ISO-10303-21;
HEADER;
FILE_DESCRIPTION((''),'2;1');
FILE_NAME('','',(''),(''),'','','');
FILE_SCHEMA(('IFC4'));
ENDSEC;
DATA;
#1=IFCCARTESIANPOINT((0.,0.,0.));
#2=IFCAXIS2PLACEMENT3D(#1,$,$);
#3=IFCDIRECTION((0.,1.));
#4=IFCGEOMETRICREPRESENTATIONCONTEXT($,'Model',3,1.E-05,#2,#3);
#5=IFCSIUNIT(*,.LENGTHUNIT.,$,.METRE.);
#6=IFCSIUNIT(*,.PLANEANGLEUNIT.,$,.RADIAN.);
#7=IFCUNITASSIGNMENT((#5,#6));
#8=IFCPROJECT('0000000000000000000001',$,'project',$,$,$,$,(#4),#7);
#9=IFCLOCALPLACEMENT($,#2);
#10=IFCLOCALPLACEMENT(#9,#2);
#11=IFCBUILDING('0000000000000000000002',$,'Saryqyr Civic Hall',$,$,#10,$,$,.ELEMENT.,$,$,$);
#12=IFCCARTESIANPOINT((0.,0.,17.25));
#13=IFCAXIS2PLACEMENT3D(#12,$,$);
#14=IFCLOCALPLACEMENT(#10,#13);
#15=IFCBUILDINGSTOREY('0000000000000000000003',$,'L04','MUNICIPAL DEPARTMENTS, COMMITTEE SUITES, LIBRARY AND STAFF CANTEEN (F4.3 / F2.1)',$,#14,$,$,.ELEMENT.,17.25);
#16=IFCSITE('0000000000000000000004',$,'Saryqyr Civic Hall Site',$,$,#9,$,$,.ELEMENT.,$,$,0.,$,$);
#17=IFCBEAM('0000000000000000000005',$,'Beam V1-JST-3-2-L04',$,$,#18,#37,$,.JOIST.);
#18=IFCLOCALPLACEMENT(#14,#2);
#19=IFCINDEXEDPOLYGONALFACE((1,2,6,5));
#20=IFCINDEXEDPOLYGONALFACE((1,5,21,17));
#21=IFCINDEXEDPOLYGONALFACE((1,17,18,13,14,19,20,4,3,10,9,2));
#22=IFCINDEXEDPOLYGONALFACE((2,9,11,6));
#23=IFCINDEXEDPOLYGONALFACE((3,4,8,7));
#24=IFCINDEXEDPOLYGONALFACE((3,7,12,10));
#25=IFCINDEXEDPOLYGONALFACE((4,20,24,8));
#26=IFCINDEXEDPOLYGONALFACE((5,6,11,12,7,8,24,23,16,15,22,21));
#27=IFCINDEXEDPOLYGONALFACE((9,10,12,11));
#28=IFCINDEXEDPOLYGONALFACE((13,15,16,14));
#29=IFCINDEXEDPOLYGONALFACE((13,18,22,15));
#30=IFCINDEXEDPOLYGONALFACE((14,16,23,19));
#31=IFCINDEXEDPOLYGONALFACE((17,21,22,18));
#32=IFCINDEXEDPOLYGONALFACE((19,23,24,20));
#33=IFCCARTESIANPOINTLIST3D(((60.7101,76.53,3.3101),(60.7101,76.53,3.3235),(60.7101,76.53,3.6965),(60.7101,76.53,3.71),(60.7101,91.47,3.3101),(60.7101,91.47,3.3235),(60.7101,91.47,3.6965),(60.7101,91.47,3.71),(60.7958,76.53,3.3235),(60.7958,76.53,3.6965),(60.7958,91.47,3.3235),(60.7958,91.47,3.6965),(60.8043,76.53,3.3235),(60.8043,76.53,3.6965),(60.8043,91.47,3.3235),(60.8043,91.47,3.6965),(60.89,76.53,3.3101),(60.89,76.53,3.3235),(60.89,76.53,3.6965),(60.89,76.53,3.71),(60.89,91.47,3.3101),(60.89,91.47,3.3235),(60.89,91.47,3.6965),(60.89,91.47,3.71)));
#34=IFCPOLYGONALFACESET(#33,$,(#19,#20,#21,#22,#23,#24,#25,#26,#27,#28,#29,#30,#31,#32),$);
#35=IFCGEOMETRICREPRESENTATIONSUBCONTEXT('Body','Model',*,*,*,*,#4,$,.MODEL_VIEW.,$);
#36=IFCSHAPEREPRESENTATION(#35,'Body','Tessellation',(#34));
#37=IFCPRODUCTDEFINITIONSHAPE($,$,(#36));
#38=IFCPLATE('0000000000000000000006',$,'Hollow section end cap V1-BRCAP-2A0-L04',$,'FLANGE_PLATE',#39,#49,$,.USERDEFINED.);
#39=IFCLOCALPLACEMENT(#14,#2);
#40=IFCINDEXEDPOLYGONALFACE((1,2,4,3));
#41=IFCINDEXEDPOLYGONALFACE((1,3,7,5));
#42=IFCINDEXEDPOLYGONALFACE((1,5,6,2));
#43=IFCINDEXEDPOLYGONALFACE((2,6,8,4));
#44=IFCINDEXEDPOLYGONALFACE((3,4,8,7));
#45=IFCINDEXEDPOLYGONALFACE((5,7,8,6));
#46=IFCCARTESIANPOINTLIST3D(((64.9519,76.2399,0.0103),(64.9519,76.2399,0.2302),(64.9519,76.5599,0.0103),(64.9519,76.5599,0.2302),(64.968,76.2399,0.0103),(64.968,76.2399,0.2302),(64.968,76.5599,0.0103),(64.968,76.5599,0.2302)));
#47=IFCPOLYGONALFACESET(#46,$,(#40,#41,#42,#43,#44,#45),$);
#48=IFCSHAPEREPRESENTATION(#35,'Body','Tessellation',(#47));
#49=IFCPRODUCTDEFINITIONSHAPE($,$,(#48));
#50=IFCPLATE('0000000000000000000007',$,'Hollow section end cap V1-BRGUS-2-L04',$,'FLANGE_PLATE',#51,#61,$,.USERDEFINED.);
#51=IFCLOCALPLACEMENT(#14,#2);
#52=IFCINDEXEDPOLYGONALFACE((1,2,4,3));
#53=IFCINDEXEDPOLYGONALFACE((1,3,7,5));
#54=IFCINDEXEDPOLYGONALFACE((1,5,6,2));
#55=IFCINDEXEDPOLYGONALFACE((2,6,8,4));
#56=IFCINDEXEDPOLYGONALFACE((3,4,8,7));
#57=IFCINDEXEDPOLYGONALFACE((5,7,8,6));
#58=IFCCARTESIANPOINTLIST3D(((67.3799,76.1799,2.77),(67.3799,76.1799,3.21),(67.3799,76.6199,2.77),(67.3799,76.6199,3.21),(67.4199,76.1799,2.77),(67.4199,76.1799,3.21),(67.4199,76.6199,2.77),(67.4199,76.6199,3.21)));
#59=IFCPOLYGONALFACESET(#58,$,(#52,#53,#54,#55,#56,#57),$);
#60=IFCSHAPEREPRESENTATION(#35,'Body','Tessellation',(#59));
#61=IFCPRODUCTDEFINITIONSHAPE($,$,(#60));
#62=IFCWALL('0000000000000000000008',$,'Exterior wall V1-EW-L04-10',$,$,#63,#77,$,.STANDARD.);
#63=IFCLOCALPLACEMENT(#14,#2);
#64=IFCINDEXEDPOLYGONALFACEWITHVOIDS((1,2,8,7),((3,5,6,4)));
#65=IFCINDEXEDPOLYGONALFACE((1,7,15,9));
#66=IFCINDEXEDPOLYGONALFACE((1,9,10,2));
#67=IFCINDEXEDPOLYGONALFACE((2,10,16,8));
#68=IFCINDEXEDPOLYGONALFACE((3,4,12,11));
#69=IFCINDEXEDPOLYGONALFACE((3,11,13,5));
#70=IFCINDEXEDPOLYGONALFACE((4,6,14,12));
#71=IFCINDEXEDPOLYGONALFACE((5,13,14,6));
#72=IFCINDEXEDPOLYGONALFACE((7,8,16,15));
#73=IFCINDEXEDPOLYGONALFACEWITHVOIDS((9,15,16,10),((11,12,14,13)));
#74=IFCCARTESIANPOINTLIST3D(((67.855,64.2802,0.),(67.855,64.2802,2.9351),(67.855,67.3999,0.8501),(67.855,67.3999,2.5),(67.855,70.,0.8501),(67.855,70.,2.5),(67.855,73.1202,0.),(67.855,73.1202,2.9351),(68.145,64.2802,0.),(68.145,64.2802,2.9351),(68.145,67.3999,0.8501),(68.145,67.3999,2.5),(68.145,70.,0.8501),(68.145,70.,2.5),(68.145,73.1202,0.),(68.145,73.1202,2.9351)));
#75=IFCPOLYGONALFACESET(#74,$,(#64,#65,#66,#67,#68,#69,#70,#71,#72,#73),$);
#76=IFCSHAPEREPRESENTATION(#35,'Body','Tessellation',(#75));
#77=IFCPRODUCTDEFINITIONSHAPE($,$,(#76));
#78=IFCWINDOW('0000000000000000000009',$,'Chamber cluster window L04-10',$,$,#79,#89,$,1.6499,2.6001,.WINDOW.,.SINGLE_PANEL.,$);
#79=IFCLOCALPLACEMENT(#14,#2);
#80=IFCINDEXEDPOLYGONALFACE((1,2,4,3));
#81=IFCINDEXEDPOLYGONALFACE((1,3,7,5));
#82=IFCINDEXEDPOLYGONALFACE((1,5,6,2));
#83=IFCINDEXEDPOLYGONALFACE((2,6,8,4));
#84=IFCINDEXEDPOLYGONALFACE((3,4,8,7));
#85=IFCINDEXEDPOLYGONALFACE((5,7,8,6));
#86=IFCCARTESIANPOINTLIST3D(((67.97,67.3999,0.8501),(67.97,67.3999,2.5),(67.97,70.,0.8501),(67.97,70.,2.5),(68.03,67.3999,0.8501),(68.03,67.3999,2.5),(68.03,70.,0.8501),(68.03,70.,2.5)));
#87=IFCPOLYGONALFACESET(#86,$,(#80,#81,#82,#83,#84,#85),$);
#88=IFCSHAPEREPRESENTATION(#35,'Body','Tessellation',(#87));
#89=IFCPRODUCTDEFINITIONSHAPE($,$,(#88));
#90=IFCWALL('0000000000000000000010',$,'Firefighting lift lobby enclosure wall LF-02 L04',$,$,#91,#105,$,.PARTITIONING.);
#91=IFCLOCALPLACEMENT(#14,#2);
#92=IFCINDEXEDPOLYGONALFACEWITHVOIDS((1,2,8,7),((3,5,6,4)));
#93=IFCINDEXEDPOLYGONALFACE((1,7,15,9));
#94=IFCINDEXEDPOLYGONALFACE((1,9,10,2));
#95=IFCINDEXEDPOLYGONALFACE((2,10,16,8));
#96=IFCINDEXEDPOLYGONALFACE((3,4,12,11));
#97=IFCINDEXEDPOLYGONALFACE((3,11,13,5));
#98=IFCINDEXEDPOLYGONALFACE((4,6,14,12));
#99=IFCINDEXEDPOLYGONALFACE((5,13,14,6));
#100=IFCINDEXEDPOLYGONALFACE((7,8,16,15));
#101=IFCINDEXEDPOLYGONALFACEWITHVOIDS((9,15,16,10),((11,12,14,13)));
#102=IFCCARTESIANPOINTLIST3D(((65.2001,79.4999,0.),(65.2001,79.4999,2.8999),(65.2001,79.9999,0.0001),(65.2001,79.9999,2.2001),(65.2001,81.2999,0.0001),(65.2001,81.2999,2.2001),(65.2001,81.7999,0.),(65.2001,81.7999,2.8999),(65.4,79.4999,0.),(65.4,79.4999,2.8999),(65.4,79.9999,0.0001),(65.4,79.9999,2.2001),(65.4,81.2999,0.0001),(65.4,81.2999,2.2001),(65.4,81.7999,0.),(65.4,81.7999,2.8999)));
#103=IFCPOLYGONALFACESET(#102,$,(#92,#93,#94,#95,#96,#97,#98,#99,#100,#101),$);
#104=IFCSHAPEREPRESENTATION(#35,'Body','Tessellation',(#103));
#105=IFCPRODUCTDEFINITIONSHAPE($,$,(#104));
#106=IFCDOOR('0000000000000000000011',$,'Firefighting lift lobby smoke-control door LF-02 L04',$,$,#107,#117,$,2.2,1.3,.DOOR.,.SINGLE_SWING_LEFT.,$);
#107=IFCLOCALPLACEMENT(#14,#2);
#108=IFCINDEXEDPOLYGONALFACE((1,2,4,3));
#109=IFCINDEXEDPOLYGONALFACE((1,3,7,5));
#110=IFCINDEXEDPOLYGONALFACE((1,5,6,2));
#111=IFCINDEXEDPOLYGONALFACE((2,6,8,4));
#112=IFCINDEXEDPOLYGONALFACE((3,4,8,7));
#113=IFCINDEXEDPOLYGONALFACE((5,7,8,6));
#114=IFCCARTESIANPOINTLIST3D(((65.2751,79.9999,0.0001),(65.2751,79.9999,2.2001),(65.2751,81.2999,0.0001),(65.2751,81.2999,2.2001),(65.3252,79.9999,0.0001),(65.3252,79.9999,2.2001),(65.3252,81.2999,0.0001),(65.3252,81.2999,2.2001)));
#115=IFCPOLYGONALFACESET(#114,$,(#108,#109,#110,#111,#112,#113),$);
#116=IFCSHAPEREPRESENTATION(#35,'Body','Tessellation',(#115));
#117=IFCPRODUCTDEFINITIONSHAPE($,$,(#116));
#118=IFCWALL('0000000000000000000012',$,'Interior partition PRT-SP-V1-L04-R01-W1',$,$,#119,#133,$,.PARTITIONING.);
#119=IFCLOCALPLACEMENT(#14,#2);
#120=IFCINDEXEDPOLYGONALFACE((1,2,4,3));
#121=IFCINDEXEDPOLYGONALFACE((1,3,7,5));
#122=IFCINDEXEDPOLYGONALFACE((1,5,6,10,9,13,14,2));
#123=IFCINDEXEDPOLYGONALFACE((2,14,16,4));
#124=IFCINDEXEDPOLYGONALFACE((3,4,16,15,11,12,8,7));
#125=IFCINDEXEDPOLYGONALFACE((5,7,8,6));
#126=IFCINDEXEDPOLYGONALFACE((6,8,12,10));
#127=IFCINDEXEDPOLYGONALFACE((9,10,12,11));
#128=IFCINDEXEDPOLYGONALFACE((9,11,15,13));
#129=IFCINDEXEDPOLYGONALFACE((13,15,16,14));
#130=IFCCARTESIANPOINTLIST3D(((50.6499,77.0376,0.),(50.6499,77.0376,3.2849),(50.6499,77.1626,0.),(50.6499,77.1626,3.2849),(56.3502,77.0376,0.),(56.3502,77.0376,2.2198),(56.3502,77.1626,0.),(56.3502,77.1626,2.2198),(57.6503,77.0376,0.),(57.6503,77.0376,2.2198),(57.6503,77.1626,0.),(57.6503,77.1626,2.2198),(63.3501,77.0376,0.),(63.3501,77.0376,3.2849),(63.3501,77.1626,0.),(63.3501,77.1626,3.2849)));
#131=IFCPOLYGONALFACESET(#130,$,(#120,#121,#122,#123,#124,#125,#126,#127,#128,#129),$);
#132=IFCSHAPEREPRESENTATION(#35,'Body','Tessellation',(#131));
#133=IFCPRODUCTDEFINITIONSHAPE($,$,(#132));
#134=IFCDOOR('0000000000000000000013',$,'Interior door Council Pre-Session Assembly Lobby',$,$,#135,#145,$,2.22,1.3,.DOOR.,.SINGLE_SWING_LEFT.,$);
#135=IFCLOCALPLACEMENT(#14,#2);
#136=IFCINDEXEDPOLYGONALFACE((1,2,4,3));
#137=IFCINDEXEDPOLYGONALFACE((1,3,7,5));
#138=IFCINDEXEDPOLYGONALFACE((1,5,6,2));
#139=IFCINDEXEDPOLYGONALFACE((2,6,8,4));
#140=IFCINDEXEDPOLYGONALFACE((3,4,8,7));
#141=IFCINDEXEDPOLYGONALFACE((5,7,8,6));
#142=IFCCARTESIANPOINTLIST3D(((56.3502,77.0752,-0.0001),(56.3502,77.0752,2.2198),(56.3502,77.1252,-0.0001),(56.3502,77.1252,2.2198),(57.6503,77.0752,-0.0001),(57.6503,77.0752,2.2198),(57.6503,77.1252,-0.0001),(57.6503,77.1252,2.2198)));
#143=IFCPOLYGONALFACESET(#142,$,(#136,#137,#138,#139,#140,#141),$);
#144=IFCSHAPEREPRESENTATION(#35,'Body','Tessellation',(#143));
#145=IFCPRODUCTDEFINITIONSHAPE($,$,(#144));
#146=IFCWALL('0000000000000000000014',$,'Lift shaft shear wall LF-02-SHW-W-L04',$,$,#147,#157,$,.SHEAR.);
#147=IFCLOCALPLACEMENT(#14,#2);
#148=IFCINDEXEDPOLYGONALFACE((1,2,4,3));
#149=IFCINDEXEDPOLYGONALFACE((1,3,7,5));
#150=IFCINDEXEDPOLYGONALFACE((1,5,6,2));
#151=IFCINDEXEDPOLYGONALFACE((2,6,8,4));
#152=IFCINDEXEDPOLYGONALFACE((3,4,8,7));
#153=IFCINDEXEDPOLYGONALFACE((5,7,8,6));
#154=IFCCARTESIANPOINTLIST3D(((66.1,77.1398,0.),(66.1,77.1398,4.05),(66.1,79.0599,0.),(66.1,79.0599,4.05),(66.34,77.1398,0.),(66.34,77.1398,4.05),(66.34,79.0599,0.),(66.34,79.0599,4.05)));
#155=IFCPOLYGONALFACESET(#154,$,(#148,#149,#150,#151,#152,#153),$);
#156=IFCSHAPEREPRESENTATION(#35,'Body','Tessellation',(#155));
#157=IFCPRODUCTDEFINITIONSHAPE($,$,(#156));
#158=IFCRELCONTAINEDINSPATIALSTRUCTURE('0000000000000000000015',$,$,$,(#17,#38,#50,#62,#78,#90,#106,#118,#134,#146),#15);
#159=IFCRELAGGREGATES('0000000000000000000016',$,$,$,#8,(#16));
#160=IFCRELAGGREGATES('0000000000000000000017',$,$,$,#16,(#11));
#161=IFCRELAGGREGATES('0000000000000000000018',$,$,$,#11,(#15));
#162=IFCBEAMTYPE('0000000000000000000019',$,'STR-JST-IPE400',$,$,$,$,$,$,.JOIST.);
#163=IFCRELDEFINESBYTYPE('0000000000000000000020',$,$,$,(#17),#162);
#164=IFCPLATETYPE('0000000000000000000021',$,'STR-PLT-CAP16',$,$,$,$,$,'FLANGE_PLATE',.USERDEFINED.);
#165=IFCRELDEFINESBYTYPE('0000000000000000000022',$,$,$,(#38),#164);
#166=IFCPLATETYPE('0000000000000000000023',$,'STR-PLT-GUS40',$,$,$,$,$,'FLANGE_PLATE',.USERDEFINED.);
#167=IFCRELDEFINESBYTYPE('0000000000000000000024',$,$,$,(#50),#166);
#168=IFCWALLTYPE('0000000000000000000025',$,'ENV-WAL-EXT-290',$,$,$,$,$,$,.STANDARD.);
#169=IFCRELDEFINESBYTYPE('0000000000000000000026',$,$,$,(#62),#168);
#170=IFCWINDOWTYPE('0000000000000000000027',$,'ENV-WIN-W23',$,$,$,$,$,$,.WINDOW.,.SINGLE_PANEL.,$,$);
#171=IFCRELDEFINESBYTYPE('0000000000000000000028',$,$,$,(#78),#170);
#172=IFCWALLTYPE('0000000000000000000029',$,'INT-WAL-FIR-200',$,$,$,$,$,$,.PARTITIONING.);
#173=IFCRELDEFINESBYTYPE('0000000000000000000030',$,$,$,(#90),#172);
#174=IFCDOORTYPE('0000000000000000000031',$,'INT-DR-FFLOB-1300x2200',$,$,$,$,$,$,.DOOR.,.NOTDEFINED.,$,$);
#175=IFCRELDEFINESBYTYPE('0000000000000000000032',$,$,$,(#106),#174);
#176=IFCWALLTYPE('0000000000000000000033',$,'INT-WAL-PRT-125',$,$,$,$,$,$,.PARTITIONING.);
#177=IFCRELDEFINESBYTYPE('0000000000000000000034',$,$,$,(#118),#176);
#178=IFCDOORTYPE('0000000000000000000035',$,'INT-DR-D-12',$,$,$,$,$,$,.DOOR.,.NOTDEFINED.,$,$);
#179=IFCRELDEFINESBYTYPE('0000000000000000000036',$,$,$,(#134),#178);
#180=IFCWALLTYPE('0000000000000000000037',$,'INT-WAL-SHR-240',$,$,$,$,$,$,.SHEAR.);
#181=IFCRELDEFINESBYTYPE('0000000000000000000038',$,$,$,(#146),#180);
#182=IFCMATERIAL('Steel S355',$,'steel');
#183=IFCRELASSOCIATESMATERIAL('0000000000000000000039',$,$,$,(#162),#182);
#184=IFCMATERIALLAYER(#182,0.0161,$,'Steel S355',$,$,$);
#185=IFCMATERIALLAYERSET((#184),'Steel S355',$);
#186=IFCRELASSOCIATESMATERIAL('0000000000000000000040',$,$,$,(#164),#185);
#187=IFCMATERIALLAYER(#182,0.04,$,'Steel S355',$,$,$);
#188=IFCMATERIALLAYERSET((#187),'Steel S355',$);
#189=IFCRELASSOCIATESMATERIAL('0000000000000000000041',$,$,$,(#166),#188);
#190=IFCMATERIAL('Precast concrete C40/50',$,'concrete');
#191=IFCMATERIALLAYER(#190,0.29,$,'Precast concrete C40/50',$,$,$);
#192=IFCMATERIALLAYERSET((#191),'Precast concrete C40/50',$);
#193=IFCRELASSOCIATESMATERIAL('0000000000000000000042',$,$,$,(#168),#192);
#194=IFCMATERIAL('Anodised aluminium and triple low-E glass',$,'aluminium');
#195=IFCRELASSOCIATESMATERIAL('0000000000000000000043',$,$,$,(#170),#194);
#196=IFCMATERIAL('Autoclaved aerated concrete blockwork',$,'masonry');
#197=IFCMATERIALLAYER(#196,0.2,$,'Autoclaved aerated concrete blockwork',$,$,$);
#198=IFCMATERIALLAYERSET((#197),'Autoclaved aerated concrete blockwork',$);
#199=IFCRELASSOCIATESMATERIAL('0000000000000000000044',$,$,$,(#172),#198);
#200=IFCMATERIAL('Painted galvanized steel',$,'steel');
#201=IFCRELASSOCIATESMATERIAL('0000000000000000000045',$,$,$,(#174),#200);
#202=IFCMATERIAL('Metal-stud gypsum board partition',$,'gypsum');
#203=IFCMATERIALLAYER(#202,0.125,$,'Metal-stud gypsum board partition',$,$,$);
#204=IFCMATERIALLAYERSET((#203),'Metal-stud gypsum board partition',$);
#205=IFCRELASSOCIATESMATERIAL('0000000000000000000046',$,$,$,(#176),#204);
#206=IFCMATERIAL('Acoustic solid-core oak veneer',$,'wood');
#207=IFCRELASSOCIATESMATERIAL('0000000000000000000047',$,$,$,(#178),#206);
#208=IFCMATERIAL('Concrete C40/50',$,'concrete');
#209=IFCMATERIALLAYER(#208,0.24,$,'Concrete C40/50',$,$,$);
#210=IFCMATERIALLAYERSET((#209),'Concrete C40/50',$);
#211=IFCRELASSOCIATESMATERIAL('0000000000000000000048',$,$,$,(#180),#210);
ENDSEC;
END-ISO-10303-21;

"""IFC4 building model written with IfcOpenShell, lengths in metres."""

from ifc_helpers import new_model, si_unit, direction, frame, frame_2d, origin, origin_2d, place, context, subcontext, project, spatial, rectangle, i_section, extrude, material, layer, layer_set, material_profile, profile_set, type_object, element, fill, save


model = new_model("IFC4")

# Units and contexts
model_context = context("Model", 3, precision=1e-05, world=origin(), true_north=direction((0.0, 1.0)))
body_context = subcontext(model_context, "Body", "Model", "MODEL_VIEW")
ifc_project = project(units=[si_unit("LENGTHUNIT", "METRE"), si_unit("PLANEANGLEUNIT", "RADIAN")], contexts=[model_context])

# Site, building, storey
site_placement = place(None, origin())
site = spatial("IfcSite", under=ifc_project, at=site_placement, Name="Saryqyr Civic Hall Site", CompositionType="ELEMENT", RefElevation=0.0)
building_placement = place(site_placement, origin())
building = spatial("IfcBuilding", under=site, at=building_placement, Name="Saryqyr Civic Hall", CompositionType="ELEMENT")
storey_placement = place(building_placement, frame((0.0, 0.0, 17.25)))
storey = spatial("IfcBuildingStorey", under=building, at=storey_placement, Name="L04", Description="MUNICIPAL DEPARTMENTS, COMMITTEE SUITES, LIBRARY AND STAFF CANTEEN (F4.3 / F2.1)", CompositionType="ELEMENT", Elevation=17.25)

# Shared definitions
ifc_material_1 = material(Name="Concrete C40/50", Category="concrete")

# Shared definitions
ifc_material_2 = material(Name="Steel S355", Category="steel")

# Beam
ifc_material_profile_1 = material_profile(ifc_material_2, i_section(OverallWidth=0.1799, OverallDepth=0.3999, WebThickness=0.0085, FlangeThickness=0.0134, at=origin_2d()), Name="IPE 400")
ifc_profile_set_1 = profile_set([ifc_material_profile_1], Name="Steel S355")
beam_type_1 = type_object("IfcBeamType", Name="STR-JST-IPE400", PredefinedType="JOIST", material=ifc_profile_set_1)
for number, where, z_axis, x_axis, name in (
    (1, (60.8, 76.53, 3.51), (0.0, 1.0, 0.0), (-1.0, 0.0, 0.0), "Beam V1-JST-3-2-L04"),
):
    element("IfcBeam", number, at=place(storey_placement, frame(where, z_axis=z_axis, x_axis=x_axis)), inside=storey, type_object=beam_type_1, Name=name, PredefinedType="JOIST", context=body_context, shape_type="SweptSolid", body=[
        extrude(i_section(OverallWidth=0.1799, OverallDepth=0.3999, WebThickness=0.0085, FlangeThickness=0.0134, at=origin_2d()), origin(), (0.0, 0.0, 1.0), 14.9399),
    ])

# Plates
ifc_layer_1 = layer(ifc_material_2, 0.0161, Name="Steel S355")
ifc_layer_set_1 = layer_set([ifc_layer_1], Name="Steel S355")
plate_type_1 = type_object("IfcPlateType", Name="STR-PLT-CAP16", ElementType="FLANGE_PLATE", PredefinedType="USERDEFINED", material=ifc_layer_set_1)
plate_1_placement = place(storey_placement, frame((64.96, 76.3999, 0.0103), z_axis=(0.0, 0.0, 1.0), x_axis=(1.0, 0.0, 0.0)))
element("IfcPlate", 2, at=plate_1_placement, inside=storey, type_object=plate_type_1, Name="Hollow section end cap V1-BRCAP-2A0-L04", ObjectType="FLANGE_PLATE", PredefinedType="USERDEFINED", context=body_context, shape_type="SweptSolid", body=[
    extrude(rectangle(XDim=0.0161, YDim=0.3201, at=origin_2d()), origin(), (0.0, 0.0, 1.0), 0.22),
])
ifc_layer_2 = layer(ifc_material_2, 0.04, Name="Steel S355")
ifc_layer_set_2 = layer_set([ifc_layer_2], Name="Steel S355")
plate_type_2 = type_object("IfcPlateType", Name="STR-PLT-GUS40", ElementType="FLANGE_PLATE", PredefinedType="USERDEFINED", material=ifc_layer_set_2)
plate_2_placement = place(storey_placement, frame((67.3999, 76.3999, 2.77), z_axis=(0.0, 0.0, 1.0), x_axis=(1.0, 0.0, 0.0)))
element("IfcPlate", 3, at=plate_2_placement, inside=storey, type_object=plate_type_2, Name="Hollow section end cap V1-BRGUS-2-L04", ObjectType="FLANGE_PLATE", PredefinedType="USERDEFINED", context=body_context, shape_type="SweptSolid", body=[
    extrude(rectangle(XDim=0.04, YDim=0.4399, at=origin_2d()), origin(), (0.0, 0.0, 1.0), 0.4399),
])

# Wall, opening, window
ifc_material_3 = material(Name="Precast concrete C40/50", Category="concrete")
ifc_layer_3 = layer(ifc_material_3, 0.29, Name="Precast concrete C40/50")
ifc_layer_set_3 = layer_set([ifc_layer_3], Name="Precast concrete C40/50")
wall_type_1 = type_object("IfcWallType", Name="ENV-WAL-EXT-290", PredefinedType="STANDARD", material=ifc_layer_set_3)
wall_1_placement = place(storey_placement, frame((68.0, 73.1201, 0.0), z_axis=(0.0, 0.0, 1.0), x_axis=(0.0, -1.0, 0.0)))
wall_1 = element("IfcWall", 4, at=wall_1_placement, inside=storey, type_object=wall_type_1, Name="Exterior wall V1-EW-L04-10", PredefinedType="STANDARD", context=body_context, shape_type="SweptSolid", body=[
    extrude(rectangle(XDim=8.8401, YDim=0.29, at=frame_2d((4.4199, 0.0))), origin(), (0.0, 0.0, 1.0), 2.9351),
])
opening_1_placement = place(wall_1_placement, frame((3.1201, 0.0, 0.8501)))
opening_1 = element("IfcOpeningElement", 5, at=opening_1_placement, cuts=wall_1, PredefinedType="OPENING", context=body_context, shape_type="SweptSolid", body=[
    extrude(rectangle(XDim=2.6001, YDim=1.6499, at=frame_2d((1.3, 0.825))), frame((0.0, 0.155, 0.0), z_axis=(0.0, -1.0, 0.0), x_axis=(1.0, 0.0, 0.0)), (0.0, 0.0, 1.0), 0.3101),
])
ifc_material_4 = material(Name="Anodised aluminium and triple low-E glass", Category="aluminium")
window_type = type_object("IfcWindowType", Name="ENV-WIN-W23", PartitioningType="SINGLE_PANEL", PredefinedType="WINDOW", material=ifc_material_4)
window_placement = place(opening_1_placement, origin())
window = element("IfcWindow", 6, at=window_placement, inside=storey, type_object=window_type, Name="Chamber cluster window L04-10", OverallHeight=1.6499, OverallWidth=2.6001, PartitioningType="SINGLE_PANEL", PredefinedType="WINDOW", context=body_context, shape_type="SweptSolid", body=[
    extrude(rectangle(XDim=2.6001, YDim=1.6499, at=frame_2d((1.3, 0.825))), frame((0.0, 0.03, 0.0), z_axis=(0.0, -1.0, 0.0), x_axis=(1.0, 0.0, 0.0)), (0.0, 0.0, 1.0), 0.0601),
])
fill(opening_1, window)

# Walls, openings, doors
ifc_material_5 = material(Name="Autoclaved aerated concrete blockwork", Category="masonry")
ifc_layer_4 = layer(ifc_material_5, 0.2, Name="Autoclaved aerated concrete blockwork")
ifc_layer_set_4 = layer_set([ifc_layer_4], Name="Autoclaved aerated concrete blockwork")
wall_type_2 = type_object("IfcWallType", Name="INT-WAL-FIR-200", PredefinedType="PARTITIONING", material=ifc_layer_set_4)
wall_2_placement = place(storey_placement, frame((65.3, 79.5, 0.0), z_axis=(0.0, 0.0, 1.0), x_axis=(0.0, 1.0, 0.0)))
wall_2 = element("IfcWall", 7, at=wall_2_placement, inside=storey, type_object=wall_type_2, Name="Firefighting lift lobby enclosure wall LF-02 L04", PredefinedType="PARTITIONING", context=body_context, shape_type="SweptSolid", body=[
    extrude(rectangle(XDim=2.3, YDim=0.2, at=frame_2d((1.1499, 0.0))), origin(), (0.0, 0.0, 1.0), 2.8999),
])
opening_2_placement = place(wall_2_placement, frame((0.5, 0.0, 0.0)))
opening_2 = element("IfcOpeningElement", 8, at=opening_2_placement, cuts=wall_2, PredefinedType="OPENING", context=body_context, shape_type="SweptSolid", body=[
    extrude(rectangle(XDim=1.3, YDim=2.2, at=frame_2d((0.6499, 1.1001))), frame((0.0, 0.1099, 0.0), z_axis=(0.0, -1.0, 0.0), x_axis=(1.0, 0.0, 0.0)), (0.0, 0.0, 1.0), 0.22),
])
ifc_material_6 = material(Name="Painted galvanized steel", Category="steel")
door_type_1 = type_object("IfcDoorType", Name="INT-DR-FFLOB-1300x2200", OperationType="NOTDEFINED", PredefinedType="DOOR", material=ifc_material_6)
door_1_placement = place(opening_2_placement, origin())
door_1 = element("IfcDoor", 9, at=door_1_placement, inside=storey, type_object=door_type_1, Name="Firefighting lift lobby smoke-control door LF-02 L04", OperationType="SINGLE_SWING_LEFT", OverallHeight=2.2, OverallWidth=1.3, PredefinedType="DOOR", context=body_context, shape_type="SweptSolid", body=[
    extrude(rectangle(XDim=1.3, YDim=2.2, at=frame_2d((0.6499, 1.1001))), frame((0.0, 0.0249, 0.0), z_axis=(0.0, -1.0, 0.0), x_axis=(1.0, 0.0, 0.0)), (0.0, 0.0, 1.0), 0.05),
])
fill(opening_2, door_1)
ifc_material_7 = material(Name="Metal-stud gypsum board partition", Category="gypsum")
ifc_layer_5 = layer(ifc_material_7, 0.125, Name="Metal-stud gypsum board partition")
ifc_layer_set_5 = layer_set([ifc_layer_5], Name="Metal-stud gypsum board partition")
wall_type_3 = type_object("IfcWallType", Name="INT-WAL-PRT-125", PredefinedType="PARTITIONING", material=ifc_layer_set_5)
wall_3_placement = place(storey_placement, frame((63.3501, 77.1001, 0.0), z_axis=(0.0, 0.0, 1.0), x_axis=(-1.0, 0.0, 0.0)))
wall_3 = element("IfcWall", 10, at=wall_3_placement, inside=storey, type_object=wall_type_3, Name="Interior partition PRT-SP-V1-L04-R01-W1", PredefinedType="PARTITIONING", context=body_context, shape_type="SweptSolid", body=[
    extrude(rectangle(XDim=12.7002, YDim=0.125, at=frame_2d((6.3501, 0.0))), origin(), (0.0, 0.0, 1.0), 3.2849),
])
opening_3_placement = place(wall_3_placement, frame((5.7, 0.0, 0.0)))
opening_3 = element("IfcOpeningElement", 11, at=opening_3_placement, cuts=wall_3, PredefinedType="OPENING", context=body_context, shape_type="SweptSolid", body=[
    extrude(rectangle(XDim=1.3, YDim=2.22, at=frame_2d((0.6499, 1.1099))), frame((0.0, 0.0725, 0.0), z_axis=(0.0, -1.0, 0.0), x_axis=(1.0, 0.0, 0.0)), (0.0, 0.0, 1.0), 0.145),
])
ifc_material_8 = material(Name="Acoustic solid-core oak veneer", Category="wood")
door_type_2 = type_object("IfcDoorType", Name="INT-DR-D-12", OperationType="NOTDEFINED", PredefinedType="DOOR", material=ifc_material_8)
door_2_placement = place(opening_3_placement, origin())
door_2 = element("IfcDoor", 12, at=door_2_placement, inside=storey, type_object=door_type_2, Name="Interior door Council Pre-Session Assembly Lobby", OperationType="SINGLE_SWING_LEFT", OverallHeight=2.22, OverallWidth=1.3, PredefinedType="DOOR", context=body_context, shape_type="SweptSolid", body=[
    extrude(rectangle(XDim=1.3, YDim=2.22, at=frame_2d((0.6499, 1.1099))), frame((0.0, 0.0249, 0.0), z_axis=(0.0, -1.0, 0.0), x_axis=(1.0, 0.0, 0.0)), (0.0, 0.0, 1.0), 0.05),
])
fill(opening_3, door_2)
ifc_layer_6 = layer(ifc_material_1, 0.24, Name="Concrete C40/50")
ifc_layer_set_6 = layer_set([ifc_layer_6], Name="Concrete C40/50")
wall_type_4 = type_object("IfcWallType", Name="INT-WAL-SHR-240", PredefinedType="SHEAR", material=ifc_layer_set_6)

# Wall
wall_4_placement = place(storey_placement, frame((66.22, 77.1399, 0.0), z_axis=(0.0, 0.0, 1.0), x_axis=(0.0, 1.0, 0.0)))
element("IfcWall", 13, at=wall_4_placement, inside=storey, type_object=wall_type_4, Name="Lift shaft shear wall LF-02-SHW-W-L04", PredefinedType="SHEAR", context=body_context, shape_type="SweptSolid", body=[
    extrude(rectangle(XDim=1.9202, YDim=0.24, at=frame_2d((0.96, 0.0))), origin(), (0.0, 0.0, 1.0), 4.05),
])

save(model, "model.ifc")
